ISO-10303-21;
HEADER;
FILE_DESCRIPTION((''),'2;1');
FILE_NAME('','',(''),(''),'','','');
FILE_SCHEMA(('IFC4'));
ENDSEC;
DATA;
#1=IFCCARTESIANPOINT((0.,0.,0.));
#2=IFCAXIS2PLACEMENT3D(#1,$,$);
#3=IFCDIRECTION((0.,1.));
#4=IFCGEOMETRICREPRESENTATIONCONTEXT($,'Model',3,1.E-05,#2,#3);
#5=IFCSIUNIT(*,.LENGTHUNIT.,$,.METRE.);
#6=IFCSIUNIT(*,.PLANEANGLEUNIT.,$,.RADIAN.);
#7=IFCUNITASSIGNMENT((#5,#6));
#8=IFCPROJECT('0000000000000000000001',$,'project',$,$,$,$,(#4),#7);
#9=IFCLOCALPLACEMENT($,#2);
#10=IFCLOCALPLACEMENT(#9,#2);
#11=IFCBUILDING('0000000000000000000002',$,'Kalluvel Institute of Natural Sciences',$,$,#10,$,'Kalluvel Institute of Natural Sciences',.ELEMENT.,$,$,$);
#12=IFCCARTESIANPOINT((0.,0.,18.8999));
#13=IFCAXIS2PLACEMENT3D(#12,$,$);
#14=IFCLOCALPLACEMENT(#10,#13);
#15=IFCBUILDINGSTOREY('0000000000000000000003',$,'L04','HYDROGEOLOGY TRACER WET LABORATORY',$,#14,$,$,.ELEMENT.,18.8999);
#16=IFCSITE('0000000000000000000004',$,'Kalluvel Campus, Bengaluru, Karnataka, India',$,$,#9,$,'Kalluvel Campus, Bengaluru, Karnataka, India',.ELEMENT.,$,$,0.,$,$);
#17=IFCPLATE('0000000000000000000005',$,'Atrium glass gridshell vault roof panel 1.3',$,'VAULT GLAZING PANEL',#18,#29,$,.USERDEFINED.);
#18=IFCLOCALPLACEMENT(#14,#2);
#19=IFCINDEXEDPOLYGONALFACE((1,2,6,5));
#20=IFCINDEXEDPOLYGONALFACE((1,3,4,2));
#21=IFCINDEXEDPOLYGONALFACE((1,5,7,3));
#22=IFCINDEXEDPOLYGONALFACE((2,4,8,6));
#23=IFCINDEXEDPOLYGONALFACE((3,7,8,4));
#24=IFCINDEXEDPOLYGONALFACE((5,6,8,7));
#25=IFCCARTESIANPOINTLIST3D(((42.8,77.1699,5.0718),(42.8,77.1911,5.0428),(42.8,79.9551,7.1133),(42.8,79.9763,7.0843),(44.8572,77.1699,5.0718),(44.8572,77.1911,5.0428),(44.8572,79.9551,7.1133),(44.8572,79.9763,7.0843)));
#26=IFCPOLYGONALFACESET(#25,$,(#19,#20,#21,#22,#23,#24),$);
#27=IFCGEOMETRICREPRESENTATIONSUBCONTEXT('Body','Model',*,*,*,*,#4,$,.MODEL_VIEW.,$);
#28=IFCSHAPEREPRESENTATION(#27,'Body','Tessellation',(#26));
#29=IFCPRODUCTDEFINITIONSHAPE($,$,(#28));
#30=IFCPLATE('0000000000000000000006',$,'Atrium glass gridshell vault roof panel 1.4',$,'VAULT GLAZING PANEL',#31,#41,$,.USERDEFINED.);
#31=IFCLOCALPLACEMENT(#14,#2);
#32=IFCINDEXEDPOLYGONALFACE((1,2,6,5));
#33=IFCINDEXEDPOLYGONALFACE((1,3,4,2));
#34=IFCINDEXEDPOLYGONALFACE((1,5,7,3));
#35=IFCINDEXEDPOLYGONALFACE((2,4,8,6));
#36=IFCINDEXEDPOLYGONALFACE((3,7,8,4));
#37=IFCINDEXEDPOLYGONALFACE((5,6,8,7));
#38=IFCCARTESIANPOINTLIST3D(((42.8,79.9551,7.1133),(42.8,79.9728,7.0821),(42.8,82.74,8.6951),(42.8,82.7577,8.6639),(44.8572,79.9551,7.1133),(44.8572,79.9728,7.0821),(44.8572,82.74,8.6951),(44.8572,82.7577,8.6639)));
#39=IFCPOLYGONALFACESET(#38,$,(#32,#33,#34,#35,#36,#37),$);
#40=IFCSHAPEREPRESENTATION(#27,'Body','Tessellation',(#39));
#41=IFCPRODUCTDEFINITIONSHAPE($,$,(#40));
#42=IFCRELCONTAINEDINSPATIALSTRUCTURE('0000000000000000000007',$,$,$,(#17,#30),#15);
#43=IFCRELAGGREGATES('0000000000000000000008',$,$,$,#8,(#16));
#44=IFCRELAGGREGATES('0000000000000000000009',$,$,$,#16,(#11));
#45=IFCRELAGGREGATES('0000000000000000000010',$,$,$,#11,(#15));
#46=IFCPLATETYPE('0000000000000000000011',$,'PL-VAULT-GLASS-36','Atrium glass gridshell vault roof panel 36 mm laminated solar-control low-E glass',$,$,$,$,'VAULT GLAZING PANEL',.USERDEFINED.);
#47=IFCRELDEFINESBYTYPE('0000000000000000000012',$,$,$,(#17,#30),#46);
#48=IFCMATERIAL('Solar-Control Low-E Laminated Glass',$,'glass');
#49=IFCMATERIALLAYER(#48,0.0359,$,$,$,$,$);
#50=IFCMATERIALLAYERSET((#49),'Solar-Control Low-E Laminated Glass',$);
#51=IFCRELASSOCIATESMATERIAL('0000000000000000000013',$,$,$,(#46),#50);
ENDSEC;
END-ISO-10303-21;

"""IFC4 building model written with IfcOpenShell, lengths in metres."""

from ifc_helpers import new_model, si_unit, direction, frame, origin, place, context, subcontext, project, spatial, polyline, outline, extrude, material, layer, layer_set, type_object, element, save


model = new_model("IFC4")

# Units and contexts
model_context = context("Model", 3, precision=1e-05, world=origin(), true_north=direction((0.0, 1.0)))
body_context = subcontext(model_context, "Body", "Model", "MODEL_VIEW")
ifc_project = project(units=[si_unit("LENGTHUNIT", "METRE"), si_unit("PLANEANGLEUNIT", "RADIAN")], contexts=[model_context])

# Site, building, storey
site_placement = place(None, origin())
site = spatial("IfcSite", under=ifc_project, at=site_placement, Name="Kalluvel Campus, Bengaluru, Karnataka, India", LongName="Kalluvel Campus, Bengaluru, Karnataka, India", CompositionType="ELEMENT", RefElevation=0.0)
building_placement = place(site_placement, origin())
building = spatial("IfcBuilding", under=site, at=building_placement, Name="Kalluvel Institute of Natural Sciences", LongName="Kalluvel Institute of Natural Sciences", CompositionType="ELEMENT")
storey_placement = place(building_placement, frame((0.0, 0.0, 18.8999)))
storey = spatial("IfcBuildingStorey", under=building, at=storey_placement, Name="L04", Description="HYDROGEOLOGY TRACER WET LABORATORY", CompositionType="ELEMENT", Elevation=18.8999)

# Shared definitions
ifc_material_1 = material(Name="Solar-Control Low-E Laminated Glass", Category="glass")

# Plates
ifc_layer_1 = layer(ifc_material_1, 0.0359)
ifc_layer_set_1 = layer_set([ifc_layer_1], Name="Solar-Control Low-E Laminated Glass")
plate_type_1 = type_object("IfcPlateType", Name="PL-VAULT-GLASS-36", Description="Atrium glass gridshell vault roof panel 36 mm laminated solar-control low-E glass", ElementType="VAULT GLAZING PANEL", PredefinedType="USERDEFINED", material=ifc_layer_set_1)
plate_1_placement = place(storey_placement, frame((42.8, 77.1699, 5.0718), z_axis=(0.0, -0.591186, 0.806535), x_axis=(1.0, 0.0, 0.0)))
element("IfcPlate", 1, at=plate_1_placement, inside=storey, type_object=plate_type_1, Name="Atrium glass gridshell vault roof panel 1.3", ObjectType="VAULT GLAZING PANEL", PredefinedType="USERDEFINED", context=body_context, shape_type="SweptSolid", body=[
    extrude(outline(polyline([(0.0, 0.0), (2.0571, 0.0), (2.0571, 3.4532), (0.0, 3.4532), (0.0, 0.0)])), origin(), (0.0, 0.0, -1.0), 0.0359),
])
plate_2_placement = place(storey_placement, frame((42.8, 79.9551, 7.1133), z_axis=(0.0, -0.49388, 0.86953), x_axis=(1.0, 0.0, 0.0)))
element("IfcPlate", 2, at=plate_2_placement, inside=storey, type_object=plate_type_1, Name="Atrium glass gridshell vault roof panel 1.4", ObjectType="VAULT GLAZING PANEL", PredefinedType="USERDEFINED", context=body_context, shape_type="SweptSolid", body=[
    extrude(outline(polyline([(0.0, 0.0), (2.0571, 0.0), (2.0571, 3.2028), (0.0, 3.2028), (0.0, 0.0)])), origin(), (0.0, 0.0, -1.0), 0.0359),
])

save(model, "model.ifc")
